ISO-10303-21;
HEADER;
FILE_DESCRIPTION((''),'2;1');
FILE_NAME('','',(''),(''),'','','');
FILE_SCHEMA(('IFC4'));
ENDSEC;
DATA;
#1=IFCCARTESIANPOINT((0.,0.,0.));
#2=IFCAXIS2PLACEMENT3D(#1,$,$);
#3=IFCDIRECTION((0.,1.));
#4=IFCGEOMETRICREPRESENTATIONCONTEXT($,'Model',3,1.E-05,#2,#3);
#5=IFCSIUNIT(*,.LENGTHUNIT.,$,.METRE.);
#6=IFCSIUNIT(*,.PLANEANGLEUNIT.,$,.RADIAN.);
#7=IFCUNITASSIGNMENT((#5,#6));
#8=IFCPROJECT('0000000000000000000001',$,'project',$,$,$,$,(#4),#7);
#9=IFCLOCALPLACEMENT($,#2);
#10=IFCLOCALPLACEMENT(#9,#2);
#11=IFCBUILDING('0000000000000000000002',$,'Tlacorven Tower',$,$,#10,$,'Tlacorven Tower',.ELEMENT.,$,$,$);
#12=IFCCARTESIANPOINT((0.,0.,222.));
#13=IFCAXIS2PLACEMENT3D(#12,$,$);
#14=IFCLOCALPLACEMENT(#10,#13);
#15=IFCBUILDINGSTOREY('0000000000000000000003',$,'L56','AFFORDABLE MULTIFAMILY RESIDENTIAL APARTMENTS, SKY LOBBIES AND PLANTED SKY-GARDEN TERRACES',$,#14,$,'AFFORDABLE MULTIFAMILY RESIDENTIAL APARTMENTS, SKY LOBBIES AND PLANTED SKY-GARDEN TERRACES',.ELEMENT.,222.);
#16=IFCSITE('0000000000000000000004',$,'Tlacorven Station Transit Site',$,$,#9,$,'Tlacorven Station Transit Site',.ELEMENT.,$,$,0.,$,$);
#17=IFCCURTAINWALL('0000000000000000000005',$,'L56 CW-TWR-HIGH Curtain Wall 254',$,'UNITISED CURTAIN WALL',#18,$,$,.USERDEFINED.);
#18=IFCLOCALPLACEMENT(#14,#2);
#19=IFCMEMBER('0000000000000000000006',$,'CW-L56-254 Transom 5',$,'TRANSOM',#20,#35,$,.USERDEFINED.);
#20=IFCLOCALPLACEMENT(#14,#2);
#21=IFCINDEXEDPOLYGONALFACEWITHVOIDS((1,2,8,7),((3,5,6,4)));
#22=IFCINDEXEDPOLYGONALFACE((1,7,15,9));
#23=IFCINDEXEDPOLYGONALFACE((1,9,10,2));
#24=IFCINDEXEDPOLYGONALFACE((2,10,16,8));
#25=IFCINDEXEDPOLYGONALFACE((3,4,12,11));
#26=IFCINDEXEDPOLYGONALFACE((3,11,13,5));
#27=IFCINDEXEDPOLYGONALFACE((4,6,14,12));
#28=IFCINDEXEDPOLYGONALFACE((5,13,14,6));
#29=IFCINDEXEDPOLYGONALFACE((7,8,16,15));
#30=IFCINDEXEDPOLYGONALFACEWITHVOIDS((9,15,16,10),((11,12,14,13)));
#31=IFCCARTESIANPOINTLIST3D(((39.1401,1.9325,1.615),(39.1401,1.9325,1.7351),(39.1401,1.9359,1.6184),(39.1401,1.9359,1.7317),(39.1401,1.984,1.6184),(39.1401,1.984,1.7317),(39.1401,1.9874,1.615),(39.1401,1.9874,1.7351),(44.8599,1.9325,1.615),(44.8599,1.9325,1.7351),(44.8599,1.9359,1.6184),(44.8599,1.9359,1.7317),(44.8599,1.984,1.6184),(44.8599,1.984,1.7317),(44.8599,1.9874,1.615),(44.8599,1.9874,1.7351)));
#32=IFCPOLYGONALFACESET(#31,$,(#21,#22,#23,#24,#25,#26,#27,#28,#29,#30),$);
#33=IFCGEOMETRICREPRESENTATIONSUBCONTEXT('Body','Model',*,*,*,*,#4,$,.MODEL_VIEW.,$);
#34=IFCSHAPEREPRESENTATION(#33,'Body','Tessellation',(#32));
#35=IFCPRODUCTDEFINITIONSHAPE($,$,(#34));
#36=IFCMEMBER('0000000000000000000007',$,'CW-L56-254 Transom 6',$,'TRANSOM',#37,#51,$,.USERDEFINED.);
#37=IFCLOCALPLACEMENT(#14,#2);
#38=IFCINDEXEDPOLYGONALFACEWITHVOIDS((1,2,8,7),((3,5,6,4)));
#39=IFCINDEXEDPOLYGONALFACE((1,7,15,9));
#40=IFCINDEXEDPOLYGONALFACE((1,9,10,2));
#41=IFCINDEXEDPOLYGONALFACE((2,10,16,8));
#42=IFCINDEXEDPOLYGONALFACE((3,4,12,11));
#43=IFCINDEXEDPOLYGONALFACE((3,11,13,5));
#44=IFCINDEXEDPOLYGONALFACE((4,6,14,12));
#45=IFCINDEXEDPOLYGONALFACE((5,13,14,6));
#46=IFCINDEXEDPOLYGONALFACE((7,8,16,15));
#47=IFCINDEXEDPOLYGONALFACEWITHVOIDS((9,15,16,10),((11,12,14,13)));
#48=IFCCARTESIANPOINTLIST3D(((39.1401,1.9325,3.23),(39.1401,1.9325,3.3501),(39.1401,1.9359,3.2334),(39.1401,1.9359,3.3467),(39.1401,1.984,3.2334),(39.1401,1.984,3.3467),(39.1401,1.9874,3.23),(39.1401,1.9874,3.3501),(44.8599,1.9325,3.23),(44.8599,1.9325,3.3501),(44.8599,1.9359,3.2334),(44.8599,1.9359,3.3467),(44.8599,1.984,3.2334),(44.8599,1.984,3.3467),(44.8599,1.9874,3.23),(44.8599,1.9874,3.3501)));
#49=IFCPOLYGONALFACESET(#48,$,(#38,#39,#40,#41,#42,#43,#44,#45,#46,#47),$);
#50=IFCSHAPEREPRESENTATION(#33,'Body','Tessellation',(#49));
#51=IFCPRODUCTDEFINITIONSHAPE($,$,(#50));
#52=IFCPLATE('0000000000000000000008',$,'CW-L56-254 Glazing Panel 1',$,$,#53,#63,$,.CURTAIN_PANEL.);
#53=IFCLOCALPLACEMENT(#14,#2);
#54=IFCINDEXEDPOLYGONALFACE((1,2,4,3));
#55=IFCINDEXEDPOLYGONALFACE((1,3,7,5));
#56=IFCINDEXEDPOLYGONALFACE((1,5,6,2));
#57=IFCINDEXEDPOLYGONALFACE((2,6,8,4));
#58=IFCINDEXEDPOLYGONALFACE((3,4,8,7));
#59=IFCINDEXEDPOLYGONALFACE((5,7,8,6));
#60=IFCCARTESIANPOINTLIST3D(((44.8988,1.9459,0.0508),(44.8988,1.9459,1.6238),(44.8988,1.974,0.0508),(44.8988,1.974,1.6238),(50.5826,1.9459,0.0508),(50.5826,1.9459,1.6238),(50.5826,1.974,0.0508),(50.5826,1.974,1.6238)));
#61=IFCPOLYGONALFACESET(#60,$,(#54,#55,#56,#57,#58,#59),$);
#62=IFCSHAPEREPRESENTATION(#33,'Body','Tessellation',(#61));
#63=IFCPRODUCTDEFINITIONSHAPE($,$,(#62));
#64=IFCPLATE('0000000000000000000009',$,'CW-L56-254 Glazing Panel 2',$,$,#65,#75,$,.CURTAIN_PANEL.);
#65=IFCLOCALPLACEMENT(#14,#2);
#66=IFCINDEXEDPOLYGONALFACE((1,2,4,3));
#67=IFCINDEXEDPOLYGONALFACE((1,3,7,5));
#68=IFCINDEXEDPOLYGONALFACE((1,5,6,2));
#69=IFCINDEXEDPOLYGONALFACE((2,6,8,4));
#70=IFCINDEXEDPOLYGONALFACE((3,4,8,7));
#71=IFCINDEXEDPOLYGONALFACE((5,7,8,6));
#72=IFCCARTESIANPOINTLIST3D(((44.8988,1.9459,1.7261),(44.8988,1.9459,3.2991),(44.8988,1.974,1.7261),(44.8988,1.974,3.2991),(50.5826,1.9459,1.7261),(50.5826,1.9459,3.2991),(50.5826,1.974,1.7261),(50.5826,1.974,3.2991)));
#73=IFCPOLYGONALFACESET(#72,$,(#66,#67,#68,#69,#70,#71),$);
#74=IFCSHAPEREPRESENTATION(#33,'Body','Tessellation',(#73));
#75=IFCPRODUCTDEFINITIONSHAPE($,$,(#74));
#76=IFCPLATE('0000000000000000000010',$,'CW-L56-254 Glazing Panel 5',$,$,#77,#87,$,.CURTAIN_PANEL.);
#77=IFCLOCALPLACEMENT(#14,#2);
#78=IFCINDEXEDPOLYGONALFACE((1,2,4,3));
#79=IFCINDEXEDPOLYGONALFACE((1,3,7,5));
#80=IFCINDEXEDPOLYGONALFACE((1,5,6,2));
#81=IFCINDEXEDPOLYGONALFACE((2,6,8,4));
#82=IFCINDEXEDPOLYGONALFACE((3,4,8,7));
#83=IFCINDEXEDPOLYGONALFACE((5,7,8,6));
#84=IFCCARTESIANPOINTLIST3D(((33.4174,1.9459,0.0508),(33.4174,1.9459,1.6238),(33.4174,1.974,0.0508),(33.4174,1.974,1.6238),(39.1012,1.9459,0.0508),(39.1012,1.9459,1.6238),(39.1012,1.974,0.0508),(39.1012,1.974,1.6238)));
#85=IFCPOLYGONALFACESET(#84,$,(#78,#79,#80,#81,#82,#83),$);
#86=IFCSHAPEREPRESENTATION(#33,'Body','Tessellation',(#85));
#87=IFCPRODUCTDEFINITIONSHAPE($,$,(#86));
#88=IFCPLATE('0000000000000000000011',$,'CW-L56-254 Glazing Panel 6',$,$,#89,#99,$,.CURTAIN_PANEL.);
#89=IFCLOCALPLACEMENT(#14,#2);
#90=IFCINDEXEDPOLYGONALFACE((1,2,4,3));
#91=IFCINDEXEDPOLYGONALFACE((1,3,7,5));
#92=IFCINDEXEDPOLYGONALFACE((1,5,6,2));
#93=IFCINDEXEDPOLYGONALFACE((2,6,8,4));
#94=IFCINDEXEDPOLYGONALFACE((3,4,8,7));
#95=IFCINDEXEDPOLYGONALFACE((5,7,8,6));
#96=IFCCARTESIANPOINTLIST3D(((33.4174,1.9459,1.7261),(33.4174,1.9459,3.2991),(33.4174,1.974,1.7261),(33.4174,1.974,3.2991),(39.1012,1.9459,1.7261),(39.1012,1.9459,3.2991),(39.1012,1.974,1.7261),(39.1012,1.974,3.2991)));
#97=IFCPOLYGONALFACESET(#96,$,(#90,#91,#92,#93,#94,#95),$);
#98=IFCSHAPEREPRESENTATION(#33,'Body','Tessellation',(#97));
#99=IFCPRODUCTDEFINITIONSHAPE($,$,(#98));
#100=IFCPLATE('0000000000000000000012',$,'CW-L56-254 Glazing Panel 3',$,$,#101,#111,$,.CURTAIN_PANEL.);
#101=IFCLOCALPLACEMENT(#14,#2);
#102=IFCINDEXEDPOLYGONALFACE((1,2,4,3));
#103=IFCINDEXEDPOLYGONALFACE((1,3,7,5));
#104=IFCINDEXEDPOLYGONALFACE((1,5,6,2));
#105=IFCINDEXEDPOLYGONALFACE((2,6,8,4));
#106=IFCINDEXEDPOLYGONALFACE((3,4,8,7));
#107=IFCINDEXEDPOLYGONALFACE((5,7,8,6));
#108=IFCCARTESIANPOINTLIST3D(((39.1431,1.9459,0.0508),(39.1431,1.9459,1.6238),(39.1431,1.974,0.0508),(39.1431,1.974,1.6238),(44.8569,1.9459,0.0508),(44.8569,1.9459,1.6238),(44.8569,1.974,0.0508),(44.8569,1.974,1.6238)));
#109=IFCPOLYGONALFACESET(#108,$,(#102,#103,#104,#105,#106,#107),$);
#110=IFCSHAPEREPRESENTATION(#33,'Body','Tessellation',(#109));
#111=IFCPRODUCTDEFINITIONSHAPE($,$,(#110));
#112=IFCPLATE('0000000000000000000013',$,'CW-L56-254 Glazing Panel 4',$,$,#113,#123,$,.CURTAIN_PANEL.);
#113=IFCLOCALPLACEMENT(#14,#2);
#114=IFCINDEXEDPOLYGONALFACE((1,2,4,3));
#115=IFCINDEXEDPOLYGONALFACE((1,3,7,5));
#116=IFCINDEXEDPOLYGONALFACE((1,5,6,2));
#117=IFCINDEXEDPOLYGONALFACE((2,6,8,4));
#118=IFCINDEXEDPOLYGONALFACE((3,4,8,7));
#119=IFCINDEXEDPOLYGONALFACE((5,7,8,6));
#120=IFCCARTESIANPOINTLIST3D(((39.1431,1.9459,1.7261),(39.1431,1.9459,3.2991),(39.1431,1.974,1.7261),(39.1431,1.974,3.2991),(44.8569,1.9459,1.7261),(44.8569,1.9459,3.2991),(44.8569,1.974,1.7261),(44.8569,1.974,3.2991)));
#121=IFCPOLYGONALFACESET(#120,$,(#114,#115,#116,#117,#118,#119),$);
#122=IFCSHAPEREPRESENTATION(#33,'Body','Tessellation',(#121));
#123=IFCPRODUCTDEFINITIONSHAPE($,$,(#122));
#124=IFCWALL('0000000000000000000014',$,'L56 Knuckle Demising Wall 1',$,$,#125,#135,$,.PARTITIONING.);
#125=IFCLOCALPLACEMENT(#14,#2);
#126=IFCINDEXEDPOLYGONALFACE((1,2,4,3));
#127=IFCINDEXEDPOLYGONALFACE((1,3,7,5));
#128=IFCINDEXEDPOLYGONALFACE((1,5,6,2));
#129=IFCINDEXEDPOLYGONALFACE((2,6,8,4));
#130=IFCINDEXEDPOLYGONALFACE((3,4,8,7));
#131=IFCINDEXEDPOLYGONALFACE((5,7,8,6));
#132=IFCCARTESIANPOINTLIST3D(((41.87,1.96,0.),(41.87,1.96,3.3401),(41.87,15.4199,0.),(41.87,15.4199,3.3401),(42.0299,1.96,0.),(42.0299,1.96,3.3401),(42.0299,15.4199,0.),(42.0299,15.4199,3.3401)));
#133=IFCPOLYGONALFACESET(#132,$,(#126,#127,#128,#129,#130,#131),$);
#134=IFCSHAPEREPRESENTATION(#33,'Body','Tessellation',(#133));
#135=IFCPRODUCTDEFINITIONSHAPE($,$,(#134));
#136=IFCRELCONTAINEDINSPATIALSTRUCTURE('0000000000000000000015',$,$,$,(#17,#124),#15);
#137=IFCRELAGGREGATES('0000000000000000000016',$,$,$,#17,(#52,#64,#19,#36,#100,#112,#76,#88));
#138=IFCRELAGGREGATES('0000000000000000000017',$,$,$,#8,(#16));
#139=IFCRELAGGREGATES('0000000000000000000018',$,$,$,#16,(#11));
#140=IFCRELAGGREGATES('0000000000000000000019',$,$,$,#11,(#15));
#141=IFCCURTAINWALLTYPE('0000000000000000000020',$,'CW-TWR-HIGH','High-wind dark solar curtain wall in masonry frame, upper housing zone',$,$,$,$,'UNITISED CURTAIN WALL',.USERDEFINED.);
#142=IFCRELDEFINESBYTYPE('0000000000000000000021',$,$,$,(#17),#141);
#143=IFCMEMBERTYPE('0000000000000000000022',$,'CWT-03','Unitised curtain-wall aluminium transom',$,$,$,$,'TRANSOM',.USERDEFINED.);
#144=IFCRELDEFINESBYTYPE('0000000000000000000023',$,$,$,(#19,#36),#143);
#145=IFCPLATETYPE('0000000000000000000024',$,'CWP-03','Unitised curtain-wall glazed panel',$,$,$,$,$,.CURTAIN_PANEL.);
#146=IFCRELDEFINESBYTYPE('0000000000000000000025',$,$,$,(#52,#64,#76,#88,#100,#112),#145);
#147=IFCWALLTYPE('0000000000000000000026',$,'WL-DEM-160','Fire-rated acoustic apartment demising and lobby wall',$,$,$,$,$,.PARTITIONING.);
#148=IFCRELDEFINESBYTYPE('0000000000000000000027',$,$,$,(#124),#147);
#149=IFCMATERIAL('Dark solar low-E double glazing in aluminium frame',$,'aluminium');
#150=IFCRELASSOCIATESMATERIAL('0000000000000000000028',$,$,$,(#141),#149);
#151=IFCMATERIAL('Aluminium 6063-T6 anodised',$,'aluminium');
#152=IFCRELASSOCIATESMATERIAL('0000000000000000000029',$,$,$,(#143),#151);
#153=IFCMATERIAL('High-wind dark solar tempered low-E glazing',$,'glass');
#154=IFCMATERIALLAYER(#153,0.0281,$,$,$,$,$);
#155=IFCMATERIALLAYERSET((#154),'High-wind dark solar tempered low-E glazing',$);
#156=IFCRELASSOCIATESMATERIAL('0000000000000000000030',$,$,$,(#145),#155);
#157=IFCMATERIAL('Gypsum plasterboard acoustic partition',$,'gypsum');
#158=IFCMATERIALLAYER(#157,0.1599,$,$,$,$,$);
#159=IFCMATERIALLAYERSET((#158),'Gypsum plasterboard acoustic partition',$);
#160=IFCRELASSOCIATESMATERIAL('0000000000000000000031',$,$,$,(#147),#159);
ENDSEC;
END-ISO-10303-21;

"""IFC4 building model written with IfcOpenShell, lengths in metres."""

from ifc_helpers import new_model, si_unit, direction, frame, frame_2d, origin, origin_2d, place, context, subcontext, project, spatial, rectangle, hollow_rectangle, extrude, source, transform, mapped, material, layer, layer_set, material_profile, profile_set, type_object, element, aggregate, save


model = new_model("IFC4")

# Units and contexts
model_context = context("Model", 3, precision=1e-05, world=origin(), true_north=direction((0.0, 1.0)))
body_context = subcontext(model_context, "Body", "Model", "MODEL_VIEW")
ifc_project = project(units=[si_unit("LENGTHUNIT", "METRE"), si_unit("PLANEANGLEUNIT", "RADIAN")], contexts=[model_context])

# Site, building, storey
site_placement = place(None, origin())
site = spatial("IfcSite", under=ifc_project, at=site_placement, Name="Tlacorven Station Transit Site", LongName="Tlacorven Station Transit Site", CompositionType="ELEMENT", RefElevation=0.0)
building_placement = place(site_placement, origin())
building = spatial("IfcBuilding", under=site, at=building_placement, Name="Tlacorven Tower", LongName="Tlacorven Tower", CompositionType="ELEMENT")
storey_placement = place(building_placement, frame((0.0, 0.0, 222.0)))
storey = spatial("IfcBuildingStorey", under=building, at=storey_placement, Name="L56", Description="AFFORDABLE MULTIFAMILY RESIDENTIAL APARTMENTS, SKY LOBBIES AND PLANTED SKY-GARDEN TERRACES", LongName="AFFORDABLE MULTIFAMILY RESIDENTIAL APARTMENTS, SKY LOBBIES AND PLANTED SKY-GARDEN TERRACES", CompositionType="ELEMENT", Elevation=222.0)

# Shared definitions
ifc_material_1 = material(Name="Dark solar low-E double glazing in aluminium frame", Category="aluminium")
curtain_wall_type = type_object("IfcCurtainWallType", Name="CW-TWR-HIGH", Description="High-wind dark solar curtain wall in masonry frame, upper housing zone", ElementType="UNITISED CURTAIN WALL", PredefinedType="USERDEFINED", material=ifc_material_1)
ifc_material_2 = material(Name="Aluminium 6063-T6 anodised", Category="aluminium")

# Curtain wall, members, plates
curtain_wall_1_placement = place(storey_placement, origin())
curtain_wall_1 = element("IfcCurtainWall", 1, at=curtain_wall_1_placement, inside=storey, type_object=curtain_wall_type, Name="L56 CW-TWR-HIGH Curtain Wall 254", ObjectType="UNITISED CURTAIN WALL", PredefinedType="USERDEFINED")
ifc_material_profile_1 = material_profile(ifc_material_2, hollow_rectangle(XDim=0.0549, YDim=0.1201, WallThickness=0.0034, at=origin_2d()), Name="ALU TRANSOM 55X120")
ifc_profile_set_1 = profile_set([ifc_material_profile_1], Name="Aluminium 6063-T6 anodised")
member_type_1 = type_object("IfcMemberType", Name="CWT-03", Description="Unitised curtain-wall aluminium transom", ElementType="TRANSOM", PredefinedType="USERDEFINED", material=ifc_profile_set_1)
shared_shape_1 = source(origin(), body_context, "Body", "SweptSolid", [
    extrude(hollow_rectangle(XDim=0.0549, YDim=0.1201, WallThickness=0.0034, at=origin_2d()), origin(), (0.0, 0.0, 1.0), 5.7197),
])
member_1_placement = place(storey_placement, frame((44.8599, 1.96, 1.675), z_axis=(-1.0, 0.0, 0.0), x_axis=(0.0, -1.0, 0.0)))
member_1 = element("IfcMember", 2, at=member_1_placement, type_object=member_type_1, Name="CW-L56-254 Transom 5", ObjectType="TRANSOM", PredefinedType="USERDEFINED", context=body_context, shape_type="MappedRepresentation", body=[
    mapped(shared_shape_1, transform((0.0, 0.0, 0.0), scale=1.0)),
])
member_2_placement = place(storey_placement, frame((44.8599, 1.96, 3.29), z_axis=(-1.0, 0.0, 0.0), x_axis=(0.0, -1.0, 0.0)))
member_2 = element("IfcMember", 3, at=member_2_placement, type_object=member_type_1, Name="CW-L56-254 Transom 6", ObjectType="TRANSOM", PredefinedType="USERDEFINED", context=body_context, shape_type="MappedRepresentation", body=[
    mapped(shared_shape_1, transform((0.0, 0.0, 0.0), scale=1.0)),
])
ifc_material_3 = material(Name="High-wind dark solar tempered low-E glazing", Category="glass")
ifc_layer_1 = layer(ifc_material_3, 0.0281)
ifc_layer_set_1 = layer_set([ifc_layer_1], Name="High-wind dark solar tempered low-E glazing")
plate_type = type_object("IfcPlateType", Name="CWP-03", Description="Unitised curtain-wall glazed panel", PredefinedType="CURTAIN_PANEL", material=ifc_layer_set_1)
shared_shape_2 = source(origin(), body_context, "Body", "SweptSolid", [
    extrude(rectangle(XDim=5.6838, YDim=0.0281, at=origin_2d()), origin(), (0.0, 0.0, 1.0), 1.573),
])
plate_1_placement = place(storey_placement, frame((47.7407, 1.96, 0.0508), z_axis=(0.0, 0.0, 1.0), x_axis=(-1.0, 0.0, 0.0)))
plate_1 = element("IfcPlate", 4, at=plate_1_placement, type_object=plate_type, Name="CW-L56-254 Glazing Panel 1", PredefinedType="CURTAIN_PANEL", context=body_context, shape_type="MappedRepresentation", body=[
    mapped(shared_shape_2, transform((0.0, 0.0, 0.0), scale=1.0)),
])
plate_2_placement = place(storey_placement, frame((47.7407, 1.96, 1.7261), z_axis=(0.0, 0.0, 1.0), x_axis=(-1.0, 0.0, 0.0)))
plate_2 = element("IfcPlate", 5, at=plate_2_placement, type_object=plate_type, Name="CW-L56-254 Glazing Panel 2", PredefinedType="CURTAIN_PANEL", context=body_context, shape_type="MappedRepresentation", body=[
    mapped(shared_shape_2, transform((0.0, 0.0, 0.0), scale=1.0)),
])
plate_3_placement = place(storey_placement, frame((36.2593, 1.96, 0.0508), z_axis=(0.0, 0.0, 1.0), x_axis=(-1.0, 0.0, 0.0)))
plate_3 = element("IfcPlate", 6, at=plate_3_placement, type_object=plate_type, Name="CW-L56-254 Glazing Panel 5", PredefinedType="CURTAIN_PANEL", context=body_context, shape_type="MappedRepresentation", body=[
    mapped(shared_shape_2, transform((0.0, 0.0, 0.0), scale=1.0)),
])
plate_4_placement = place(storey_placement, frame((36.2593, 1.96, 1.7261), z_axis=(0.0, 0.0, 1.0), x_axis=(-1.0, 0.0, 0.0)))
plate_4 = element("IfcPlate", 7, at=plate_4_placement, type_object=plate_type, Name="CW-L56-254 Glazing Panel 6", PredefinedType="CURTAIN_PANEL", context=body_context, shape_type="MappedRepresentation", body=[
    mapped(shared_shape_2, transform((0.0, 0.0, 0.0), scale=1.0)),
])
shared_shape_3 = source(origin(), body_context, "Body", "SweptSolid", [
    extrude(rectangle(XDim=5.7139, YDim=0.0281, at=origin_2d()), origin(), (0.0, 0.0, 1.0), 1.573),
])
plate_5_placement = place(storey_placement, frame((42.0, 1.96, 0.0508), z_axis=(0.0, 0.0, 1.0), x_axis=(-1.0, 0.0, 0.0)))
plate_5 = element("IfcPlate", 8, at=plate_5_placement, type_object=plate_type, Name="CW-L56-254 Glazing Panel 3", PredefinedType="CURTAIN_PANEL", context=body_context, shape_type="MappedRepresentation", body=[
    mapped(shared_shape_3, transform((0.0, 0.0, 0.0), scale=1.0)),
])
plate_6_placement = place(storey_placement, frame((42.0, 1.96, 1.7261), z_axis=(0.0, 0.0, 1.0), x_axis=(-1.0, 0.0, 0.0)))
plate_6 = element("IfcPlate", 9, at=plate_6_placement, type_object=plate_type, Name="CW-L56-254 Glazing Panel 4", PredefinedType="CURTAIN_PANEL", context=body_context, shape_type="MappedRepresentation", body=[
    mapped(shared_shape_3, transform((0.0, 0.0, 0.0), scale=1.0)),
])
aggregate(curtain_wall_1, [plate_1, plate_2, member_1, member_2, plate_5, plate_6, plate_3, plate_4])

# Wall
ifc_material_4 = material(Name="Gypsum plasterboard acoustic partition", Category="gypsum")
ifc_layer_2 = layer(ifc_material_4, 0.1599)
ifc_layer_set_2 = layer_set([ifc_layer_2], Name="Gypsum plasterboard acoustic partition")
wall_type_1 = type_object("IfcWallType", Name="WL-DEM-160", Description="Fire-rated acoustic apartment demising and lobby wall", PredefinedType="PARTITIONING", material=ifc_layer_set_2)
wall_1_placement = place(storey_placement, frame((41.95, 1.96, 0.0), z_axis=(0.0, 0.0, 1.0), x_axis=(0.0, 1.0, 0.0)))
element("IfcWall", 10, at=wall_1_placement, inside=storey, type_object=wall_type_1, Name="L56 Knuckle Demising Wall 1", PredefinedType="PARTITIONING", context=body_context, shape_type="SweptSolid", body=[
    extrude(rectangle(XDim=13.46, YDim=0.1599, at=frame_2d((6.73, 0.0))), origin(), (0.0, 0.0, 1.0), 3.3401),
])

save(model, "model.ifc")
